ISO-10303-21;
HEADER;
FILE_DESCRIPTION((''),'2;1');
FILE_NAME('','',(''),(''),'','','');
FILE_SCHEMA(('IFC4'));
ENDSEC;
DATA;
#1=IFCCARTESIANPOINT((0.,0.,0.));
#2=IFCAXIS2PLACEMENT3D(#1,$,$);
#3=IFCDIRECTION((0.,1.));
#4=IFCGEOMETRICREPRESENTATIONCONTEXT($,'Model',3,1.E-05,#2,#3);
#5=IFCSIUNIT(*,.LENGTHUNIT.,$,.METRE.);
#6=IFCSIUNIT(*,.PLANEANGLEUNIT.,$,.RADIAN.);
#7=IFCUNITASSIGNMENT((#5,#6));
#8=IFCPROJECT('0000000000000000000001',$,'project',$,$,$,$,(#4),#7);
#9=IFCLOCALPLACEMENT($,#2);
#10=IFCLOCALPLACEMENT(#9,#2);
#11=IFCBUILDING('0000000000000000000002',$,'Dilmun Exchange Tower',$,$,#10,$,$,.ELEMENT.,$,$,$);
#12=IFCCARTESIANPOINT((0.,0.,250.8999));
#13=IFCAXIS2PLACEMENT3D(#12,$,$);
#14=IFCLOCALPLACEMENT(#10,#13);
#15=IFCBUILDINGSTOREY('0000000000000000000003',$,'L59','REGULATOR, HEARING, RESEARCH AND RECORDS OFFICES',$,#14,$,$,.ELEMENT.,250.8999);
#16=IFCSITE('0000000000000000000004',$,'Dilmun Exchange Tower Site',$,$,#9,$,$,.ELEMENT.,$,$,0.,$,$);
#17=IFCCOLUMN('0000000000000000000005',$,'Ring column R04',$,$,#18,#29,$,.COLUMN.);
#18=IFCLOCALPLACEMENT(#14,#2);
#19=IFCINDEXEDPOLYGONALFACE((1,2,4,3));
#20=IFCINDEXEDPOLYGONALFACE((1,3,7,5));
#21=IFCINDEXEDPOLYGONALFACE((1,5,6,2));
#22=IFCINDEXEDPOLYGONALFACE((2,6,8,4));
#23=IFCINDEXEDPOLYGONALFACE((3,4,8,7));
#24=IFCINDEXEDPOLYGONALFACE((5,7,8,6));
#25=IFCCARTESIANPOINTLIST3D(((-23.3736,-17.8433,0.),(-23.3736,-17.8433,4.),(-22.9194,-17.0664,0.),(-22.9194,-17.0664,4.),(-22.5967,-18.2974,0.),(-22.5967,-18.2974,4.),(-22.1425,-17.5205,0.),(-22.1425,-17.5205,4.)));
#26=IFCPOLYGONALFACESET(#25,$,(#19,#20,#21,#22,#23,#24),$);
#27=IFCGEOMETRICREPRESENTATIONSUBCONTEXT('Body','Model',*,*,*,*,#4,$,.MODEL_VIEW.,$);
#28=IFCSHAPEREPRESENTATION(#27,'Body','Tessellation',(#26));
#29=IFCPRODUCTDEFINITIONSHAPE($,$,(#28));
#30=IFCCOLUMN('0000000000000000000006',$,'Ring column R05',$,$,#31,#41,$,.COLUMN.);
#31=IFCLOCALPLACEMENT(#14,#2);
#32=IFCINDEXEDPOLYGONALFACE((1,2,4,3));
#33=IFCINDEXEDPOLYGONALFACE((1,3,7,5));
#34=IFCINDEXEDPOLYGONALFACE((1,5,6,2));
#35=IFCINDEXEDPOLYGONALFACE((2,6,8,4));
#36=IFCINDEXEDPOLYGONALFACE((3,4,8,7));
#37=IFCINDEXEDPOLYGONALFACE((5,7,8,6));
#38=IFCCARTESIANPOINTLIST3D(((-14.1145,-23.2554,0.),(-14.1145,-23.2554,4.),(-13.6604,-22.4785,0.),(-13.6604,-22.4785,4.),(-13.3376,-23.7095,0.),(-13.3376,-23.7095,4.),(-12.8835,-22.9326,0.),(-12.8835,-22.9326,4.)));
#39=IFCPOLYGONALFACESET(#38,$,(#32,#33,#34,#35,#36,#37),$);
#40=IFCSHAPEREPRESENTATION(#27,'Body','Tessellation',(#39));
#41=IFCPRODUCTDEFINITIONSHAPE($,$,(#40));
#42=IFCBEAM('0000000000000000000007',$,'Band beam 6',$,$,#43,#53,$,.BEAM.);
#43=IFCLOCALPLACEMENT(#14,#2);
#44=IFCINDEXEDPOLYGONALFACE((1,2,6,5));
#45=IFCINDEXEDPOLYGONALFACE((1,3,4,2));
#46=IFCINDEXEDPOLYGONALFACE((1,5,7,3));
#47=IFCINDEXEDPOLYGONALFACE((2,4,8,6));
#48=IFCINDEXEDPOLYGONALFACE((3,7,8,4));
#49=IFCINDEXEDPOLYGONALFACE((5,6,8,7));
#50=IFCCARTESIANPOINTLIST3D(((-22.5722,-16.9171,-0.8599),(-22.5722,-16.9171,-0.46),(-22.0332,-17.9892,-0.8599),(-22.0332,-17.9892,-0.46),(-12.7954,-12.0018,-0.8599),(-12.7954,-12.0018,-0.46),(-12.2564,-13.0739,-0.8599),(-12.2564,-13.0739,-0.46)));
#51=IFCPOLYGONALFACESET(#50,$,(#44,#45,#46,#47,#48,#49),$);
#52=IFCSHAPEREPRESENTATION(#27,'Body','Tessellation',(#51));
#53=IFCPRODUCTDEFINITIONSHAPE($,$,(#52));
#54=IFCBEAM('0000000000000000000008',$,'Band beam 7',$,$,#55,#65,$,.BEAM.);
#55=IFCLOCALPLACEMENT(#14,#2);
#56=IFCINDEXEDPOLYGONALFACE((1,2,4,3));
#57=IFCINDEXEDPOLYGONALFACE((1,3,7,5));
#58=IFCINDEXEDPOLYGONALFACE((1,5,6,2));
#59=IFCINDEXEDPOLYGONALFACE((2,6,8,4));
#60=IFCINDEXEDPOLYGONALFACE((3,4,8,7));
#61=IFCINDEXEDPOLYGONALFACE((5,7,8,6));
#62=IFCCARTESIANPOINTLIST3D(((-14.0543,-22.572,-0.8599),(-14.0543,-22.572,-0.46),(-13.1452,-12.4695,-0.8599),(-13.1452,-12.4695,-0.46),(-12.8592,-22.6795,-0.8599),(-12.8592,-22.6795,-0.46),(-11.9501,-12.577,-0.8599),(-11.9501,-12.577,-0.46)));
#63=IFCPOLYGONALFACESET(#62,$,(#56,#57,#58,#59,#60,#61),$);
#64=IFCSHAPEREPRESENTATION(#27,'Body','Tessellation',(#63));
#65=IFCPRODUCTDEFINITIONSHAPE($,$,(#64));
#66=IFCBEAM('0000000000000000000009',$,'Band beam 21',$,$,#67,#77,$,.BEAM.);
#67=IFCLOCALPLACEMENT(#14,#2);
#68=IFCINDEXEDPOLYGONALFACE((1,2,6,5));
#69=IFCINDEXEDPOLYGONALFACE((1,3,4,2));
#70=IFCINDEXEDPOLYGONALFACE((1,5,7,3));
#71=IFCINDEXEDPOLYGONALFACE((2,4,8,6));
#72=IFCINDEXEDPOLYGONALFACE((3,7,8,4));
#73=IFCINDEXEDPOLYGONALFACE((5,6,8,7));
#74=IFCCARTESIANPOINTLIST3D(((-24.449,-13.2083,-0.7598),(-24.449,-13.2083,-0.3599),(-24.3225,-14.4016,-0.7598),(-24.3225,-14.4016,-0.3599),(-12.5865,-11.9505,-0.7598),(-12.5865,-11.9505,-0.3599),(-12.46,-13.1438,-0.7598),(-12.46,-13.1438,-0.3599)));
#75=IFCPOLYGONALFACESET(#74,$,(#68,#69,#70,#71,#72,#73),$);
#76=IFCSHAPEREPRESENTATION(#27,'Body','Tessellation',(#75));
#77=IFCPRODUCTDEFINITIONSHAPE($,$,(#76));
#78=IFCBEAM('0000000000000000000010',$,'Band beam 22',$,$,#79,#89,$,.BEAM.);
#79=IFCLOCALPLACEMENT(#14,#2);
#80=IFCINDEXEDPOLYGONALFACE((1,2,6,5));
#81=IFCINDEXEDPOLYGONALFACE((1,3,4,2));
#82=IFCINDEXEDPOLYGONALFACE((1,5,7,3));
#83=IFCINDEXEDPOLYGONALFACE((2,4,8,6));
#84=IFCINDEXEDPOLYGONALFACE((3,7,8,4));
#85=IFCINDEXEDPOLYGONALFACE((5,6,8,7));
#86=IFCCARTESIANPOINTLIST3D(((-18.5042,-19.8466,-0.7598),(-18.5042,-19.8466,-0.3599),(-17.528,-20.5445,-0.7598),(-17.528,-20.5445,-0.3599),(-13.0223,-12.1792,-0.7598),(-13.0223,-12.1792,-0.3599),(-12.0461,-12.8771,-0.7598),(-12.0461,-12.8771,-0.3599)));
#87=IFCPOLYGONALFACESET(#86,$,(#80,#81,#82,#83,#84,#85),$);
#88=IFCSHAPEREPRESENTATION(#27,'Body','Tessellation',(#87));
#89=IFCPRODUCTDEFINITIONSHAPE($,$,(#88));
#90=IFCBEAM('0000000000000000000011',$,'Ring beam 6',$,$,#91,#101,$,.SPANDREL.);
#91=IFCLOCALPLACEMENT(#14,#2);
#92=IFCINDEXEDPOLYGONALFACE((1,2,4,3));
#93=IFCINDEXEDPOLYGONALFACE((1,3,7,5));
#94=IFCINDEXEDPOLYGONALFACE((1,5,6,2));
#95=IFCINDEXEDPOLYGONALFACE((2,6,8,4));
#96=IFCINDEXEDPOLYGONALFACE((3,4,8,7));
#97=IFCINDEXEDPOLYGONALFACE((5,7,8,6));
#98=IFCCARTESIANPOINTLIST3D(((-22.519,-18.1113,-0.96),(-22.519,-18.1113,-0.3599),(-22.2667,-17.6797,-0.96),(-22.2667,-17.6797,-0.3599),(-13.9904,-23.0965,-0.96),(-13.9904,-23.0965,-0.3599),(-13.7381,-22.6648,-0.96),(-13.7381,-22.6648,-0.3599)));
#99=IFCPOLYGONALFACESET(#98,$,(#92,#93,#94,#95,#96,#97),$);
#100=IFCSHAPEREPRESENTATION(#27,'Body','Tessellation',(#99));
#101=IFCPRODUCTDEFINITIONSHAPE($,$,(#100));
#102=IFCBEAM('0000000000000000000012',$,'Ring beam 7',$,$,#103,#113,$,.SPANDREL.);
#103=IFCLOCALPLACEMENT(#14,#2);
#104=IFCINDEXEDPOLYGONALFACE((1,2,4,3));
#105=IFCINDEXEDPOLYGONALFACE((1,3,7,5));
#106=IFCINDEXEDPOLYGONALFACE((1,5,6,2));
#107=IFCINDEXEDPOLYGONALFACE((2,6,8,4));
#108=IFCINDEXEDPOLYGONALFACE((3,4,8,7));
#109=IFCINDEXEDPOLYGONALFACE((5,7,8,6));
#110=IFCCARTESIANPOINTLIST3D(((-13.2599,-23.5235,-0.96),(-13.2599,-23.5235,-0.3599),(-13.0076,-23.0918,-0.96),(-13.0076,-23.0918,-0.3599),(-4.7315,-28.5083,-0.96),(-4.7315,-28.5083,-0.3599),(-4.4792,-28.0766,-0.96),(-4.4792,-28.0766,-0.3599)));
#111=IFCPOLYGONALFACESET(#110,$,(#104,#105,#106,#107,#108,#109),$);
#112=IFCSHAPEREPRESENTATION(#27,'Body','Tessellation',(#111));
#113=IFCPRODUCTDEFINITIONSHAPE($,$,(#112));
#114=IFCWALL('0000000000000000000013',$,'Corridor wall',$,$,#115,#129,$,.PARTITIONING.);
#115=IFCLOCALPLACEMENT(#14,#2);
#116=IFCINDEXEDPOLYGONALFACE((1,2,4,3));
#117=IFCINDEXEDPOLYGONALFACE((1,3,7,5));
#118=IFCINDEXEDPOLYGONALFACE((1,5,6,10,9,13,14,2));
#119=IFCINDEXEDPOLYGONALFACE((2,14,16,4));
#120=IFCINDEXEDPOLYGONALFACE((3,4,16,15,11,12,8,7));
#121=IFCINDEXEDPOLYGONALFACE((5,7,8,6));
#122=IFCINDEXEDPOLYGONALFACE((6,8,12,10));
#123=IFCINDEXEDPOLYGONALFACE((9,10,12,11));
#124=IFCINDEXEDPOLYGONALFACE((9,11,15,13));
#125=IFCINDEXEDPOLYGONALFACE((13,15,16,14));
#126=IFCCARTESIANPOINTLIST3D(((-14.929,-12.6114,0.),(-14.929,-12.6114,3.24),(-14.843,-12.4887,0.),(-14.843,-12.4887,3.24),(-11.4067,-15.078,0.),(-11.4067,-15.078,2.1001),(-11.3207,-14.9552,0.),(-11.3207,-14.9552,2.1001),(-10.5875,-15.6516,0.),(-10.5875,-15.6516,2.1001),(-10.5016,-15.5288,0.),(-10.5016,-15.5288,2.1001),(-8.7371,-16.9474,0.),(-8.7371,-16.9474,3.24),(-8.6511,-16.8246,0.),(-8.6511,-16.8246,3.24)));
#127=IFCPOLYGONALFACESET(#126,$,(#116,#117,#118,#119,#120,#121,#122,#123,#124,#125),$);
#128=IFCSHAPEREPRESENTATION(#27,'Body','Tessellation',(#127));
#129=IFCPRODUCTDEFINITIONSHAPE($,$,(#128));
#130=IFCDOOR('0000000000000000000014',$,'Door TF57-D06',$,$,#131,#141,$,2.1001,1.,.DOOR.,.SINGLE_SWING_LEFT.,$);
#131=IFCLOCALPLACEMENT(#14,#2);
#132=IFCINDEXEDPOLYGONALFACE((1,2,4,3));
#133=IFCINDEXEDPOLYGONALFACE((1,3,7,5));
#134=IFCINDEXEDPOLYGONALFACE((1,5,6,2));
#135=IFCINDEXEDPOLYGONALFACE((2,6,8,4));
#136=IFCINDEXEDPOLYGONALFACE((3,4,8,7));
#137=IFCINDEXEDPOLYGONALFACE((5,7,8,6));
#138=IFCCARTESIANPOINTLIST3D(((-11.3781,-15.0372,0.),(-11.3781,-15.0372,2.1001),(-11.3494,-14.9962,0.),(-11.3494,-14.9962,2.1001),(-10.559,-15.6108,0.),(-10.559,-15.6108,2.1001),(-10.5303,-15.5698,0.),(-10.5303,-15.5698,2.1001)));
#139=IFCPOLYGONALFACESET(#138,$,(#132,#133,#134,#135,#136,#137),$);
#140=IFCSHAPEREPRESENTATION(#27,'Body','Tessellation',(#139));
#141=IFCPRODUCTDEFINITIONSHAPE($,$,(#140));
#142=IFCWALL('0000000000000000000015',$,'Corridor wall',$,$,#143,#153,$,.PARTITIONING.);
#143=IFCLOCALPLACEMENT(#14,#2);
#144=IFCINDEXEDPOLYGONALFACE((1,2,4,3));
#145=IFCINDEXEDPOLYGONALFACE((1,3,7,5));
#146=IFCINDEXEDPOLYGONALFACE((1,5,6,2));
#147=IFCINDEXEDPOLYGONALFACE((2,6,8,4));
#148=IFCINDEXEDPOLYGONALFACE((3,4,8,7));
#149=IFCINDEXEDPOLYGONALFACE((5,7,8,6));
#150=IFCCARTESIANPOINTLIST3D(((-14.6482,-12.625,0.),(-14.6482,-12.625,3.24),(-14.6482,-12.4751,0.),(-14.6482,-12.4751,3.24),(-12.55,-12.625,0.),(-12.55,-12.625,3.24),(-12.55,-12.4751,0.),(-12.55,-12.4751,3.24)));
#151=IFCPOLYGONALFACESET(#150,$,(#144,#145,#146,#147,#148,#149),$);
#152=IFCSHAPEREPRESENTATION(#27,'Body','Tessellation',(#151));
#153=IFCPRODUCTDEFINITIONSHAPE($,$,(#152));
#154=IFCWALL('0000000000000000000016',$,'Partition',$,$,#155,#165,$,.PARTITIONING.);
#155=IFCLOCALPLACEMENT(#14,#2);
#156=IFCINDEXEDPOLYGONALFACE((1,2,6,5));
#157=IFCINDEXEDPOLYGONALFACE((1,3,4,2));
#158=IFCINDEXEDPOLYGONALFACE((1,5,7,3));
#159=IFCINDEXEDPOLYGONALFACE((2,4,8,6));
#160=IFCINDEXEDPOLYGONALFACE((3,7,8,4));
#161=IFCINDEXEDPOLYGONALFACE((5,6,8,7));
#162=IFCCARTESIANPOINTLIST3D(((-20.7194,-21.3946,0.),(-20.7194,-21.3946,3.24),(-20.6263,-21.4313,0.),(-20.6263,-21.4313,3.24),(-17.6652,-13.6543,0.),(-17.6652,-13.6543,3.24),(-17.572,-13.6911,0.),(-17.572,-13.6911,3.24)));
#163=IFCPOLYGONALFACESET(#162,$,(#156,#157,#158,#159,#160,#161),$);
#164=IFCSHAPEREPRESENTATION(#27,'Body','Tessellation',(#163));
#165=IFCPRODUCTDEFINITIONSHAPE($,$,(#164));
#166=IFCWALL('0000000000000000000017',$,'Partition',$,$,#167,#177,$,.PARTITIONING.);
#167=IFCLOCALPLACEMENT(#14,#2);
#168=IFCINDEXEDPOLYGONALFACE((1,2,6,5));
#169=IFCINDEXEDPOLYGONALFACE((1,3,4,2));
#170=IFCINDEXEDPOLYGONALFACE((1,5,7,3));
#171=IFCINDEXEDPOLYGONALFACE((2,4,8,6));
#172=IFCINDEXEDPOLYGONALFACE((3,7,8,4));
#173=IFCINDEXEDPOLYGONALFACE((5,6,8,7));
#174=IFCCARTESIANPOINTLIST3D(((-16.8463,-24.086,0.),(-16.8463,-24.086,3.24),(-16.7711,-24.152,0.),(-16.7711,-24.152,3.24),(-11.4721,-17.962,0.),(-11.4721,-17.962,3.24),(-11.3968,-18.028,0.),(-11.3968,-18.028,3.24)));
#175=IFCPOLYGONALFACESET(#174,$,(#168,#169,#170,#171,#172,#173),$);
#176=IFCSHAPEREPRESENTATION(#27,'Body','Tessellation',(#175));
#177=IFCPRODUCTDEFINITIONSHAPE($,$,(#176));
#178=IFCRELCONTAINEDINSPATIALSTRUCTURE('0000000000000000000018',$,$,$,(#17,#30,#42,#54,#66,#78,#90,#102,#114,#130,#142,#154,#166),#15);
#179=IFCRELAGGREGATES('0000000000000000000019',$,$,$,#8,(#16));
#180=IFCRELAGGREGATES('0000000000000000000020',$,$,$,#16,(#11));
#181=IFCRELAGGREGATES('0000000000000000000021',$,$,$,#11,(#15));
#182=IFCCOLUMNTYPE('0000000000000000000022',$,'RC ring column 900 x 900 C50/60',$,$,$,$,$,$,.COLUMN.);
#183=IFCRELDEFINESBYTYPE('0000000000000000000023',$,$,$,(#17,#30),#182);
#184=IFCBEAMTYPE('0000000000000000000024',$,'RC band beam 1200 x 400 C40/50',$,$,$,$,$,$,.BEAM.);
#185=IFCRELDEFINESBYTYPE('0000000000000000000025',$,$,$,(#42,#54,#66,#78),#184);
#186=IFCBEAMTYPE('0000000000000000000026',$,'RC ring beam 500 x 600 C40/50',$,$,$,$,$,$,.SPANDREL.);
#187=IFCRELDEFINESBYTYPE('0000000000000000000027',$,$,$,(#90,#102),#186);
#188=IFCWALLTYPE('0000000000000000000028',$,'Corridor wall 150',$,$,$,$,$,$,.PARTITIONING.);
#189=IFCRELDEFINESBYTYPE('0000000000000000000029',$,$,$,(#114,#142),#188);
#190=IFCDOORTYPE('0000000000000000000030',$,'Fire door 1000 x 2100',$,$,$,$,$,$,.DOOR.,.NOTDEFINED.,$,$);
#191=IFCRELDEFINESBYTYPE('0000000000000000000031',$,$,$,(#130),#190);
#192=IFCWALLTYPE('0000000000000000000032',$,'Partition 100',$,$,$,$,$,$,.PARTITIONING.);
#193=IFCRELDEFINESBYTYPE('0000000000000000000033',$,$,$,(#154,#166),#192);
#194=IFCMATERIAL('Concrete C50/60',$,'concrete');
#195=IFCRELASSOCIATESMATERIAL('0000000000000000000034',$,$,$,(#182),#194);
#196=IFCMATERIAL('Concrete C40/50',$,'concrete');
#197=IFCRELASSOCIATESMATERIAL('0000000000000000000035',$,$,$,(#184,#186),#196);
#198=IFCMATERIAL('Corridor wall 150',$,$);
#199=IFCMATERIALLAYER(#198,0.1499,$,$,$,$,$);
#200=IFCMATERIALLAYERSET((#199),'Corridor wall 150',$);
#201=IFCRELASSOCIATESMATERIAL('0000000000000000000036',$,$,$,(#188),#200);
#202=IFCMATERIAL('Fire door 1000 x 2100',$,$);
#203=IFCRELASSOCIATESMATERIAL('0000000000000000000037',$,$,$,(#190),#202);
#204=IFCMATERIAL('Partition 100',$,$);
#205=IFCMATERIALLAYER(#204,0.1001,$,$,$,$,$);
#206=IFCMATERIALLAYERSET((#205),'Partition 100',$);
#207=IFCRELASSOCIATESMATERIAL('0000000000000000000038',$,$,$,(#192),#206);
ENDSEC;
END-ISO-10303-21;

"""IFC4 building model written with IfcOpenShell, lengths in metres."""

from ifc_helpers import new_model, si_unit, direction, frame, frame_2d, origin, origin_2d, place, context, subcontext, project, spatial, rectangle, extrude, material, layer, layer_set, material_profile, profile_set, type_object, element, fill, save


model = new_model("IFC4")

# Units and contexts
model_context = context("Model", 3, precision=1e-05, world=origin(), true_north=direction((0.0, 1.0)))
body_context = subcontext(model_context, "Body", "Model", "MODEL_VIEW")
ifc_project = project(units=[si_unit("LENGTHUNIT", "METRE"), si_unit("PLANEANGLEUNIT", "RADIAN")], contexts=[model_context])

# Site, building, storey
site_placement = place(None, origin())
site = spatial("IfcSite", under=ifc_project, at=site_placement, Name="Dilmun Exchange Tower Site", CompositionType="ELEMENT", RefElevation=0.0)
building_placement = place(site_placement, origin())
building = spatial("IfcBuilding", under=site, at=building_placement, Name="Dilmun Exchange Tower", CompositionType="ELEMENT")
storey_placement = place(building_placement, frame((0.0, 0.0, 250.8999)))
storey = spatial("IfcBuildingStorey", under=building, at=storey_placement, Name="L59", Description="REGULATOR, HEARING, RESEARCH AND RECORDS OFFICES", CompositionType="ELEMENT", Elevation=250.8999)

# Columns
ifc_material_1 = material(Name="Concrete C50/60", Category="concrete")
ifc_material_profile_1 = material_profile(ifc_material_1, rectangle(XDim=0.8999, YDim=0.8999, at=origin_2d()), Name="900 x 900")
ifc_profile_set_1 = profile_set([ifc_material_profile_1], Name="Concrete C50/60")
column_type = type_object("IfcColumnType", Name="RC ring column 900 x 900 C50/60", PredefinedType="COLUMN", material=ifc_profile_set_1)
for number, where, z_axis, x_axis, name in (
    (1, (-22.7581, -17.6819, 0.0), (0.0, 0.0, 1.0), (0.504644, 0.863328, 0.0), "Ring column R04"),
    (2, (-13.499, -23.094, 0.0), (0.0, 0.0, 1.0), (0.504644, 0.863328, 0.0), "Ring column R05"),
):
    element("IfcColumn", number, at=place(storey_placement, frame(where, z_axis=z_axis, x_axis=x_axis)), inside=storey, type_object=column_type, Name=name, PredefinedType="COLUMN", context=body_context, shape_type="SweptSolid", body=[
        extrude(rectangle(XDim=0.8999, YDim=0.8999, at=origin_2d()), origin(), (0.0, 0.0, 1.0), 4.0),
    ])

# Beams
ifc_material_2 = material(Name="Concrete C40/50", Category="concrete")
ifc_material_profile_2 = material_profile(ifc_material_2, rectangle(XDim=1.2, YDim=0.3999, at=origin_2d()), Name="1200 x 400")
ifc_profile_set_2 = profile_set([ifc_material_profile_2], Name="Concrete C40/50")
beam_type_1 = type_object("IfcBeamType", Name="RC band beam 1200 x 400 C40/50", PredefinedType="BEAM", material=ifc_profile_set_2)
beam_1_placement = place(storey_placement, frame((-22.3027, -17.4531, -0.6599), z_axis=(0.893443, 0.449176, 0.0), x_axis=(-0.449176, 0.893443, 0.0)))
element("IfcBeam", 3, at=beam_1_placement, inside=storey, type_object=beam_type_1, Name="Band beam 6", PredefinedType="BEAM", context=body_context, shape_type="SweptSolid", body=[
    extrude(rectangle(XDim=1.2, YDim=0.3999, at=origin_2d()), origin(), (0.0, 0.0, 1.0), 10.9429),
])
beam_2_placement = place(storey_placement, frame((-13.4568, -22.6257, -0.6599), z_axis=(0.089633, 0.995975, 0.0), x_axis=(-0.995975, 0.089633, 0.0)))
element("IfcBeam", 4, at=beam_2_placement, inside=storey, type_object=beam_type_1, Name="Band beam 7", PredefinedType="BEAM", context=body_context, shape_type="SweptSolid", body=[
    extrude(rectangle(XDim=1.2, YDim=0.3999, at=origin_2d()), origin(), (0.0, 0.0, 1.0), 10.1433),
])
beam_3_placement = place(storey_placement, frame((-24.3857, -13.8049, -0.5598), z_axis=(0.994426, 0.105441, 0.0), x_axis=(-0.105441, 0.994426, 0.0)))
element("IfcBeam", 5, at=beam_3_placement, inside=storey, type_object=beam_type_1, Name="Band beam 21", PredefinedType="BEAM", context=body_context, shape_type="SweptSolid", body=[
    extrude(rectangle(XDim=1.2, YDim=0.3999, at=origin_2d()), origin(), (0.0, 0.0, 1.0), 11.929),
])
beam_4_placement = place(storey_placement, frame((-18.0161, -20.1956, -0.5598), z_axis=(0.581601, 0.813474, 0.0), x_axis=(-0.813474, 0.581601, 0.0)))
element("IfcBeam", 6, at=beam_4_placement, inside=storey, type_object=beam_type_1, Name="Band beam 22", PredefinedType="BEAM", context=body_context, shape_type="SweptSolid", body=[
    extrude(rectangle(XDim=1.2, YDim=0.3999, at=origin_2d()), origin(), (0.0, 0.0, 1.0), 9.4255),
])
ifc_material_profile_3 = material_profile(ifc_material_2, rectangle(XDim=0.5, YDim=0.6001, at=origin_2d()), Name="500 x 600")
ifc_profile_set_3 = profile_set([ifc_material_profile_3], Name="Concrete C40/50")
beam_type_2 = type_object("IfcBeamType", Name="RC ring beam 500 x 600 C40/50", PredefinedType="SPANDREL", material=ifc_profile_set_3)
beam_5_placement = place(storey_placement, frame((-22.3928, -17.8955, -0.6599), z_axis=(0.863333, -0.504635, 0.0), x_axis=(0.504635, 0.863333, 0.0)))
element("IfcBeam", 7, at=beam_5_placement, inside=storey, type_object=beam_type_2, Name="Ring beam 6", PredefinedType="SPANDREL", context=body_context, shape_type="SweptSolid", body=[
    extrude(rectangle(XDim=0.5, YDim=0.6001, at=origin_2d()), origin(), (0.0, 0.0, 1.0), 9.8787),
])
beam_6_placement = place(storey_placement, frame((-13.1338, -23.3076, -0.6599), z_axis=(0.863344, -0.504616, 0.0), x_axis=(0.504616, 0.863344, 0.0)))
element("IfcBeam", 8, at=beam_6_placement, inside=storey, type_object=beam_type_2, Name="Ring beam 7", PredefinedType="SPANDREL", context=body_context, shape_type="SweptSolid", body=[
    extrude(rectangle(XDim=0.5, YDim=0.6001, at=origin_2d()), origin(), (0.0, 0.0, 1.0), 9.8784),
])

# Wall, opening, door
ifc_material_3 = material(Name="Corridor wall 150")
ifc_layer_1 = layer(ifc_material_3, 0.1499)
ifc_layer_set_1 = layer_set([ifc_layer_1], Name="Corridor wall 150")
wall_type_1 = type_object("IfcWallType", Name="Corridor wall 150", PredefinedType="PARTITIONING", material=ifc_layer_set_1)
wall_1_placement = place(storey_placement, frame((-14.886, -12.55, 0.0), z_axis=(0.0, 0.0, 1.0), x_axis=(0.819132, -0.573605, 0.0)))
wall_1 = element("IfcWall", 9, at=wall_1_placement, inside=storey, type_object=wall_type_1, Name="Corridor wall", PredefinedType="PARTITIONING", context=body_context, shape_type="SweptSolid", body=[
    extrude(rectangle(XDim=7.5591, YDim=0.1499, at=frame_2d((3.7795, 0.0))), origin(), (0.0, 0.0, 1.0), 3.24),
])
opening_1_placement = place(wall_1_placement, frame((4.3, 0.0, 0.0)))
opening_1 = element("IfcOpeningElement", 10, at=opening_1_placement, cuts=wall_1, PredefinedType="OPENING", context=body_context, shape_type="SweptSolid", body=[
    extrude(rectangle(XDim=1.0, YDim=2.1001, at=frame_2d((0.5, 1.05))), frame((0.0, 0.085, 0.0), z_axis=(0.0, -1.0, 0.0), x_axis=(1.0, 0.0, 0.0)), (0.0, 0.0, 1.0), 0.1699),
])
ifc_material_4 = material(Name="Fire door 1000 x 2100")
door_type = type_object("IfcDoorType", Name="Fire door 1000 x 2100", OperationType="NOTDEFINED", PredefinedType="DOOR", material=ifc_material_4)
door_placement = place(opening_1_placement, origin())
door = element("IfcDoor", 11, at=door_placement, inside=storey, type_object=door_type, Name="Door TF57-D06", OperationType="SINGLE_SWING_LEFT", OverallHeight=2.1001, OverallWidth=1.0, PredefinedType="DOOR", context=body_context, shape_type="SweptSolid", body=[
    extrude(rectangle(XDim=1.0, YDim=2.1001, at=frame_2d((0.5, 1.05))), frame((0.0, 0.0249, 0.0), z_axis=(0.0, -1.0, 0.0), x_axis=(1.0, 0.0, 0.0)), (0.0, 0.0, 1.0), 0.05),
])
fill(opening_1, door)

# Walls
wall_2_placement = place(storey_placement, frame((-14.6482, -12.55, 0.0), z_axis=(0.0, 0.0, 1.0), x_axis=(1.0, 0.0, 0.0)))
element("IfcWall", 12, at=wall_2_placement, inside=storey, type_object=wall_type_1, Name="Corridor wall", PredefinedType="PARTITIONING", context=body_context, shape_type="SweptSolid", body=[
    extrude(rectangle(XDim=2.0981, YDim=0.1499, at=frame_2d((1.0491, 0.0))), origin(), (0.0, 0.0, 1.0), 3.24),
])
ifc_material_5 = material(Name="Partition 100")
ifc_layer_2 = layer(ifc_material_5, 0.1001)
ifc_layer_set_2 = layer_set([ifc_layer_2], Name="Partition 100")
wall_type_2 = type_object("IfcWallType", Name="Partition 100", PredefinedType="PARTITIONING", material=ifc_layer_set_2)
wall_3_placement = place(storey_placement, frame((-20.6729, -21.4131, 0.0), z_axis=(0.0, 0.0, 1.0), x_axis=(0.367046, 0.930203, 0.0)))
element("IfcWall", 13, at=wall_3_placement, inside=storey, type_object=wall_type_2, Name="Partition", PredefinedType="PARTITIONING", context=body_context, shape_type="SweptSolid", body=[
    extrude(rectangle(XDim=8.321, YDim=0.1001, at=frame_2d((4.1606, 0.0))), origin(), (0.0, 0.0, 1.0), 3.24),
])
wall_4_placement = place(storey_placement, frame((-16.8086, -24.1189, 0.0), z_axis=(0.0, 0.0, 1.0), x_axis=(0.659599, 0.751618, 0.0)))
element("IfcWall", 14, at=wall_4_placement, inside=storey, type_object=wall_type_2, Name="Partition", PredefinedType="PARTITIONING", context=body_context, shape_type="SweptSolid", body=[
    extrude(rectangle(XDim=8.1477, YDim=0.1001, at=frame_2d((4.0737, 0.0))), origin(), (0.0, 0.0, 1.0), 3.24),
])

save(model, "model.ifc")
